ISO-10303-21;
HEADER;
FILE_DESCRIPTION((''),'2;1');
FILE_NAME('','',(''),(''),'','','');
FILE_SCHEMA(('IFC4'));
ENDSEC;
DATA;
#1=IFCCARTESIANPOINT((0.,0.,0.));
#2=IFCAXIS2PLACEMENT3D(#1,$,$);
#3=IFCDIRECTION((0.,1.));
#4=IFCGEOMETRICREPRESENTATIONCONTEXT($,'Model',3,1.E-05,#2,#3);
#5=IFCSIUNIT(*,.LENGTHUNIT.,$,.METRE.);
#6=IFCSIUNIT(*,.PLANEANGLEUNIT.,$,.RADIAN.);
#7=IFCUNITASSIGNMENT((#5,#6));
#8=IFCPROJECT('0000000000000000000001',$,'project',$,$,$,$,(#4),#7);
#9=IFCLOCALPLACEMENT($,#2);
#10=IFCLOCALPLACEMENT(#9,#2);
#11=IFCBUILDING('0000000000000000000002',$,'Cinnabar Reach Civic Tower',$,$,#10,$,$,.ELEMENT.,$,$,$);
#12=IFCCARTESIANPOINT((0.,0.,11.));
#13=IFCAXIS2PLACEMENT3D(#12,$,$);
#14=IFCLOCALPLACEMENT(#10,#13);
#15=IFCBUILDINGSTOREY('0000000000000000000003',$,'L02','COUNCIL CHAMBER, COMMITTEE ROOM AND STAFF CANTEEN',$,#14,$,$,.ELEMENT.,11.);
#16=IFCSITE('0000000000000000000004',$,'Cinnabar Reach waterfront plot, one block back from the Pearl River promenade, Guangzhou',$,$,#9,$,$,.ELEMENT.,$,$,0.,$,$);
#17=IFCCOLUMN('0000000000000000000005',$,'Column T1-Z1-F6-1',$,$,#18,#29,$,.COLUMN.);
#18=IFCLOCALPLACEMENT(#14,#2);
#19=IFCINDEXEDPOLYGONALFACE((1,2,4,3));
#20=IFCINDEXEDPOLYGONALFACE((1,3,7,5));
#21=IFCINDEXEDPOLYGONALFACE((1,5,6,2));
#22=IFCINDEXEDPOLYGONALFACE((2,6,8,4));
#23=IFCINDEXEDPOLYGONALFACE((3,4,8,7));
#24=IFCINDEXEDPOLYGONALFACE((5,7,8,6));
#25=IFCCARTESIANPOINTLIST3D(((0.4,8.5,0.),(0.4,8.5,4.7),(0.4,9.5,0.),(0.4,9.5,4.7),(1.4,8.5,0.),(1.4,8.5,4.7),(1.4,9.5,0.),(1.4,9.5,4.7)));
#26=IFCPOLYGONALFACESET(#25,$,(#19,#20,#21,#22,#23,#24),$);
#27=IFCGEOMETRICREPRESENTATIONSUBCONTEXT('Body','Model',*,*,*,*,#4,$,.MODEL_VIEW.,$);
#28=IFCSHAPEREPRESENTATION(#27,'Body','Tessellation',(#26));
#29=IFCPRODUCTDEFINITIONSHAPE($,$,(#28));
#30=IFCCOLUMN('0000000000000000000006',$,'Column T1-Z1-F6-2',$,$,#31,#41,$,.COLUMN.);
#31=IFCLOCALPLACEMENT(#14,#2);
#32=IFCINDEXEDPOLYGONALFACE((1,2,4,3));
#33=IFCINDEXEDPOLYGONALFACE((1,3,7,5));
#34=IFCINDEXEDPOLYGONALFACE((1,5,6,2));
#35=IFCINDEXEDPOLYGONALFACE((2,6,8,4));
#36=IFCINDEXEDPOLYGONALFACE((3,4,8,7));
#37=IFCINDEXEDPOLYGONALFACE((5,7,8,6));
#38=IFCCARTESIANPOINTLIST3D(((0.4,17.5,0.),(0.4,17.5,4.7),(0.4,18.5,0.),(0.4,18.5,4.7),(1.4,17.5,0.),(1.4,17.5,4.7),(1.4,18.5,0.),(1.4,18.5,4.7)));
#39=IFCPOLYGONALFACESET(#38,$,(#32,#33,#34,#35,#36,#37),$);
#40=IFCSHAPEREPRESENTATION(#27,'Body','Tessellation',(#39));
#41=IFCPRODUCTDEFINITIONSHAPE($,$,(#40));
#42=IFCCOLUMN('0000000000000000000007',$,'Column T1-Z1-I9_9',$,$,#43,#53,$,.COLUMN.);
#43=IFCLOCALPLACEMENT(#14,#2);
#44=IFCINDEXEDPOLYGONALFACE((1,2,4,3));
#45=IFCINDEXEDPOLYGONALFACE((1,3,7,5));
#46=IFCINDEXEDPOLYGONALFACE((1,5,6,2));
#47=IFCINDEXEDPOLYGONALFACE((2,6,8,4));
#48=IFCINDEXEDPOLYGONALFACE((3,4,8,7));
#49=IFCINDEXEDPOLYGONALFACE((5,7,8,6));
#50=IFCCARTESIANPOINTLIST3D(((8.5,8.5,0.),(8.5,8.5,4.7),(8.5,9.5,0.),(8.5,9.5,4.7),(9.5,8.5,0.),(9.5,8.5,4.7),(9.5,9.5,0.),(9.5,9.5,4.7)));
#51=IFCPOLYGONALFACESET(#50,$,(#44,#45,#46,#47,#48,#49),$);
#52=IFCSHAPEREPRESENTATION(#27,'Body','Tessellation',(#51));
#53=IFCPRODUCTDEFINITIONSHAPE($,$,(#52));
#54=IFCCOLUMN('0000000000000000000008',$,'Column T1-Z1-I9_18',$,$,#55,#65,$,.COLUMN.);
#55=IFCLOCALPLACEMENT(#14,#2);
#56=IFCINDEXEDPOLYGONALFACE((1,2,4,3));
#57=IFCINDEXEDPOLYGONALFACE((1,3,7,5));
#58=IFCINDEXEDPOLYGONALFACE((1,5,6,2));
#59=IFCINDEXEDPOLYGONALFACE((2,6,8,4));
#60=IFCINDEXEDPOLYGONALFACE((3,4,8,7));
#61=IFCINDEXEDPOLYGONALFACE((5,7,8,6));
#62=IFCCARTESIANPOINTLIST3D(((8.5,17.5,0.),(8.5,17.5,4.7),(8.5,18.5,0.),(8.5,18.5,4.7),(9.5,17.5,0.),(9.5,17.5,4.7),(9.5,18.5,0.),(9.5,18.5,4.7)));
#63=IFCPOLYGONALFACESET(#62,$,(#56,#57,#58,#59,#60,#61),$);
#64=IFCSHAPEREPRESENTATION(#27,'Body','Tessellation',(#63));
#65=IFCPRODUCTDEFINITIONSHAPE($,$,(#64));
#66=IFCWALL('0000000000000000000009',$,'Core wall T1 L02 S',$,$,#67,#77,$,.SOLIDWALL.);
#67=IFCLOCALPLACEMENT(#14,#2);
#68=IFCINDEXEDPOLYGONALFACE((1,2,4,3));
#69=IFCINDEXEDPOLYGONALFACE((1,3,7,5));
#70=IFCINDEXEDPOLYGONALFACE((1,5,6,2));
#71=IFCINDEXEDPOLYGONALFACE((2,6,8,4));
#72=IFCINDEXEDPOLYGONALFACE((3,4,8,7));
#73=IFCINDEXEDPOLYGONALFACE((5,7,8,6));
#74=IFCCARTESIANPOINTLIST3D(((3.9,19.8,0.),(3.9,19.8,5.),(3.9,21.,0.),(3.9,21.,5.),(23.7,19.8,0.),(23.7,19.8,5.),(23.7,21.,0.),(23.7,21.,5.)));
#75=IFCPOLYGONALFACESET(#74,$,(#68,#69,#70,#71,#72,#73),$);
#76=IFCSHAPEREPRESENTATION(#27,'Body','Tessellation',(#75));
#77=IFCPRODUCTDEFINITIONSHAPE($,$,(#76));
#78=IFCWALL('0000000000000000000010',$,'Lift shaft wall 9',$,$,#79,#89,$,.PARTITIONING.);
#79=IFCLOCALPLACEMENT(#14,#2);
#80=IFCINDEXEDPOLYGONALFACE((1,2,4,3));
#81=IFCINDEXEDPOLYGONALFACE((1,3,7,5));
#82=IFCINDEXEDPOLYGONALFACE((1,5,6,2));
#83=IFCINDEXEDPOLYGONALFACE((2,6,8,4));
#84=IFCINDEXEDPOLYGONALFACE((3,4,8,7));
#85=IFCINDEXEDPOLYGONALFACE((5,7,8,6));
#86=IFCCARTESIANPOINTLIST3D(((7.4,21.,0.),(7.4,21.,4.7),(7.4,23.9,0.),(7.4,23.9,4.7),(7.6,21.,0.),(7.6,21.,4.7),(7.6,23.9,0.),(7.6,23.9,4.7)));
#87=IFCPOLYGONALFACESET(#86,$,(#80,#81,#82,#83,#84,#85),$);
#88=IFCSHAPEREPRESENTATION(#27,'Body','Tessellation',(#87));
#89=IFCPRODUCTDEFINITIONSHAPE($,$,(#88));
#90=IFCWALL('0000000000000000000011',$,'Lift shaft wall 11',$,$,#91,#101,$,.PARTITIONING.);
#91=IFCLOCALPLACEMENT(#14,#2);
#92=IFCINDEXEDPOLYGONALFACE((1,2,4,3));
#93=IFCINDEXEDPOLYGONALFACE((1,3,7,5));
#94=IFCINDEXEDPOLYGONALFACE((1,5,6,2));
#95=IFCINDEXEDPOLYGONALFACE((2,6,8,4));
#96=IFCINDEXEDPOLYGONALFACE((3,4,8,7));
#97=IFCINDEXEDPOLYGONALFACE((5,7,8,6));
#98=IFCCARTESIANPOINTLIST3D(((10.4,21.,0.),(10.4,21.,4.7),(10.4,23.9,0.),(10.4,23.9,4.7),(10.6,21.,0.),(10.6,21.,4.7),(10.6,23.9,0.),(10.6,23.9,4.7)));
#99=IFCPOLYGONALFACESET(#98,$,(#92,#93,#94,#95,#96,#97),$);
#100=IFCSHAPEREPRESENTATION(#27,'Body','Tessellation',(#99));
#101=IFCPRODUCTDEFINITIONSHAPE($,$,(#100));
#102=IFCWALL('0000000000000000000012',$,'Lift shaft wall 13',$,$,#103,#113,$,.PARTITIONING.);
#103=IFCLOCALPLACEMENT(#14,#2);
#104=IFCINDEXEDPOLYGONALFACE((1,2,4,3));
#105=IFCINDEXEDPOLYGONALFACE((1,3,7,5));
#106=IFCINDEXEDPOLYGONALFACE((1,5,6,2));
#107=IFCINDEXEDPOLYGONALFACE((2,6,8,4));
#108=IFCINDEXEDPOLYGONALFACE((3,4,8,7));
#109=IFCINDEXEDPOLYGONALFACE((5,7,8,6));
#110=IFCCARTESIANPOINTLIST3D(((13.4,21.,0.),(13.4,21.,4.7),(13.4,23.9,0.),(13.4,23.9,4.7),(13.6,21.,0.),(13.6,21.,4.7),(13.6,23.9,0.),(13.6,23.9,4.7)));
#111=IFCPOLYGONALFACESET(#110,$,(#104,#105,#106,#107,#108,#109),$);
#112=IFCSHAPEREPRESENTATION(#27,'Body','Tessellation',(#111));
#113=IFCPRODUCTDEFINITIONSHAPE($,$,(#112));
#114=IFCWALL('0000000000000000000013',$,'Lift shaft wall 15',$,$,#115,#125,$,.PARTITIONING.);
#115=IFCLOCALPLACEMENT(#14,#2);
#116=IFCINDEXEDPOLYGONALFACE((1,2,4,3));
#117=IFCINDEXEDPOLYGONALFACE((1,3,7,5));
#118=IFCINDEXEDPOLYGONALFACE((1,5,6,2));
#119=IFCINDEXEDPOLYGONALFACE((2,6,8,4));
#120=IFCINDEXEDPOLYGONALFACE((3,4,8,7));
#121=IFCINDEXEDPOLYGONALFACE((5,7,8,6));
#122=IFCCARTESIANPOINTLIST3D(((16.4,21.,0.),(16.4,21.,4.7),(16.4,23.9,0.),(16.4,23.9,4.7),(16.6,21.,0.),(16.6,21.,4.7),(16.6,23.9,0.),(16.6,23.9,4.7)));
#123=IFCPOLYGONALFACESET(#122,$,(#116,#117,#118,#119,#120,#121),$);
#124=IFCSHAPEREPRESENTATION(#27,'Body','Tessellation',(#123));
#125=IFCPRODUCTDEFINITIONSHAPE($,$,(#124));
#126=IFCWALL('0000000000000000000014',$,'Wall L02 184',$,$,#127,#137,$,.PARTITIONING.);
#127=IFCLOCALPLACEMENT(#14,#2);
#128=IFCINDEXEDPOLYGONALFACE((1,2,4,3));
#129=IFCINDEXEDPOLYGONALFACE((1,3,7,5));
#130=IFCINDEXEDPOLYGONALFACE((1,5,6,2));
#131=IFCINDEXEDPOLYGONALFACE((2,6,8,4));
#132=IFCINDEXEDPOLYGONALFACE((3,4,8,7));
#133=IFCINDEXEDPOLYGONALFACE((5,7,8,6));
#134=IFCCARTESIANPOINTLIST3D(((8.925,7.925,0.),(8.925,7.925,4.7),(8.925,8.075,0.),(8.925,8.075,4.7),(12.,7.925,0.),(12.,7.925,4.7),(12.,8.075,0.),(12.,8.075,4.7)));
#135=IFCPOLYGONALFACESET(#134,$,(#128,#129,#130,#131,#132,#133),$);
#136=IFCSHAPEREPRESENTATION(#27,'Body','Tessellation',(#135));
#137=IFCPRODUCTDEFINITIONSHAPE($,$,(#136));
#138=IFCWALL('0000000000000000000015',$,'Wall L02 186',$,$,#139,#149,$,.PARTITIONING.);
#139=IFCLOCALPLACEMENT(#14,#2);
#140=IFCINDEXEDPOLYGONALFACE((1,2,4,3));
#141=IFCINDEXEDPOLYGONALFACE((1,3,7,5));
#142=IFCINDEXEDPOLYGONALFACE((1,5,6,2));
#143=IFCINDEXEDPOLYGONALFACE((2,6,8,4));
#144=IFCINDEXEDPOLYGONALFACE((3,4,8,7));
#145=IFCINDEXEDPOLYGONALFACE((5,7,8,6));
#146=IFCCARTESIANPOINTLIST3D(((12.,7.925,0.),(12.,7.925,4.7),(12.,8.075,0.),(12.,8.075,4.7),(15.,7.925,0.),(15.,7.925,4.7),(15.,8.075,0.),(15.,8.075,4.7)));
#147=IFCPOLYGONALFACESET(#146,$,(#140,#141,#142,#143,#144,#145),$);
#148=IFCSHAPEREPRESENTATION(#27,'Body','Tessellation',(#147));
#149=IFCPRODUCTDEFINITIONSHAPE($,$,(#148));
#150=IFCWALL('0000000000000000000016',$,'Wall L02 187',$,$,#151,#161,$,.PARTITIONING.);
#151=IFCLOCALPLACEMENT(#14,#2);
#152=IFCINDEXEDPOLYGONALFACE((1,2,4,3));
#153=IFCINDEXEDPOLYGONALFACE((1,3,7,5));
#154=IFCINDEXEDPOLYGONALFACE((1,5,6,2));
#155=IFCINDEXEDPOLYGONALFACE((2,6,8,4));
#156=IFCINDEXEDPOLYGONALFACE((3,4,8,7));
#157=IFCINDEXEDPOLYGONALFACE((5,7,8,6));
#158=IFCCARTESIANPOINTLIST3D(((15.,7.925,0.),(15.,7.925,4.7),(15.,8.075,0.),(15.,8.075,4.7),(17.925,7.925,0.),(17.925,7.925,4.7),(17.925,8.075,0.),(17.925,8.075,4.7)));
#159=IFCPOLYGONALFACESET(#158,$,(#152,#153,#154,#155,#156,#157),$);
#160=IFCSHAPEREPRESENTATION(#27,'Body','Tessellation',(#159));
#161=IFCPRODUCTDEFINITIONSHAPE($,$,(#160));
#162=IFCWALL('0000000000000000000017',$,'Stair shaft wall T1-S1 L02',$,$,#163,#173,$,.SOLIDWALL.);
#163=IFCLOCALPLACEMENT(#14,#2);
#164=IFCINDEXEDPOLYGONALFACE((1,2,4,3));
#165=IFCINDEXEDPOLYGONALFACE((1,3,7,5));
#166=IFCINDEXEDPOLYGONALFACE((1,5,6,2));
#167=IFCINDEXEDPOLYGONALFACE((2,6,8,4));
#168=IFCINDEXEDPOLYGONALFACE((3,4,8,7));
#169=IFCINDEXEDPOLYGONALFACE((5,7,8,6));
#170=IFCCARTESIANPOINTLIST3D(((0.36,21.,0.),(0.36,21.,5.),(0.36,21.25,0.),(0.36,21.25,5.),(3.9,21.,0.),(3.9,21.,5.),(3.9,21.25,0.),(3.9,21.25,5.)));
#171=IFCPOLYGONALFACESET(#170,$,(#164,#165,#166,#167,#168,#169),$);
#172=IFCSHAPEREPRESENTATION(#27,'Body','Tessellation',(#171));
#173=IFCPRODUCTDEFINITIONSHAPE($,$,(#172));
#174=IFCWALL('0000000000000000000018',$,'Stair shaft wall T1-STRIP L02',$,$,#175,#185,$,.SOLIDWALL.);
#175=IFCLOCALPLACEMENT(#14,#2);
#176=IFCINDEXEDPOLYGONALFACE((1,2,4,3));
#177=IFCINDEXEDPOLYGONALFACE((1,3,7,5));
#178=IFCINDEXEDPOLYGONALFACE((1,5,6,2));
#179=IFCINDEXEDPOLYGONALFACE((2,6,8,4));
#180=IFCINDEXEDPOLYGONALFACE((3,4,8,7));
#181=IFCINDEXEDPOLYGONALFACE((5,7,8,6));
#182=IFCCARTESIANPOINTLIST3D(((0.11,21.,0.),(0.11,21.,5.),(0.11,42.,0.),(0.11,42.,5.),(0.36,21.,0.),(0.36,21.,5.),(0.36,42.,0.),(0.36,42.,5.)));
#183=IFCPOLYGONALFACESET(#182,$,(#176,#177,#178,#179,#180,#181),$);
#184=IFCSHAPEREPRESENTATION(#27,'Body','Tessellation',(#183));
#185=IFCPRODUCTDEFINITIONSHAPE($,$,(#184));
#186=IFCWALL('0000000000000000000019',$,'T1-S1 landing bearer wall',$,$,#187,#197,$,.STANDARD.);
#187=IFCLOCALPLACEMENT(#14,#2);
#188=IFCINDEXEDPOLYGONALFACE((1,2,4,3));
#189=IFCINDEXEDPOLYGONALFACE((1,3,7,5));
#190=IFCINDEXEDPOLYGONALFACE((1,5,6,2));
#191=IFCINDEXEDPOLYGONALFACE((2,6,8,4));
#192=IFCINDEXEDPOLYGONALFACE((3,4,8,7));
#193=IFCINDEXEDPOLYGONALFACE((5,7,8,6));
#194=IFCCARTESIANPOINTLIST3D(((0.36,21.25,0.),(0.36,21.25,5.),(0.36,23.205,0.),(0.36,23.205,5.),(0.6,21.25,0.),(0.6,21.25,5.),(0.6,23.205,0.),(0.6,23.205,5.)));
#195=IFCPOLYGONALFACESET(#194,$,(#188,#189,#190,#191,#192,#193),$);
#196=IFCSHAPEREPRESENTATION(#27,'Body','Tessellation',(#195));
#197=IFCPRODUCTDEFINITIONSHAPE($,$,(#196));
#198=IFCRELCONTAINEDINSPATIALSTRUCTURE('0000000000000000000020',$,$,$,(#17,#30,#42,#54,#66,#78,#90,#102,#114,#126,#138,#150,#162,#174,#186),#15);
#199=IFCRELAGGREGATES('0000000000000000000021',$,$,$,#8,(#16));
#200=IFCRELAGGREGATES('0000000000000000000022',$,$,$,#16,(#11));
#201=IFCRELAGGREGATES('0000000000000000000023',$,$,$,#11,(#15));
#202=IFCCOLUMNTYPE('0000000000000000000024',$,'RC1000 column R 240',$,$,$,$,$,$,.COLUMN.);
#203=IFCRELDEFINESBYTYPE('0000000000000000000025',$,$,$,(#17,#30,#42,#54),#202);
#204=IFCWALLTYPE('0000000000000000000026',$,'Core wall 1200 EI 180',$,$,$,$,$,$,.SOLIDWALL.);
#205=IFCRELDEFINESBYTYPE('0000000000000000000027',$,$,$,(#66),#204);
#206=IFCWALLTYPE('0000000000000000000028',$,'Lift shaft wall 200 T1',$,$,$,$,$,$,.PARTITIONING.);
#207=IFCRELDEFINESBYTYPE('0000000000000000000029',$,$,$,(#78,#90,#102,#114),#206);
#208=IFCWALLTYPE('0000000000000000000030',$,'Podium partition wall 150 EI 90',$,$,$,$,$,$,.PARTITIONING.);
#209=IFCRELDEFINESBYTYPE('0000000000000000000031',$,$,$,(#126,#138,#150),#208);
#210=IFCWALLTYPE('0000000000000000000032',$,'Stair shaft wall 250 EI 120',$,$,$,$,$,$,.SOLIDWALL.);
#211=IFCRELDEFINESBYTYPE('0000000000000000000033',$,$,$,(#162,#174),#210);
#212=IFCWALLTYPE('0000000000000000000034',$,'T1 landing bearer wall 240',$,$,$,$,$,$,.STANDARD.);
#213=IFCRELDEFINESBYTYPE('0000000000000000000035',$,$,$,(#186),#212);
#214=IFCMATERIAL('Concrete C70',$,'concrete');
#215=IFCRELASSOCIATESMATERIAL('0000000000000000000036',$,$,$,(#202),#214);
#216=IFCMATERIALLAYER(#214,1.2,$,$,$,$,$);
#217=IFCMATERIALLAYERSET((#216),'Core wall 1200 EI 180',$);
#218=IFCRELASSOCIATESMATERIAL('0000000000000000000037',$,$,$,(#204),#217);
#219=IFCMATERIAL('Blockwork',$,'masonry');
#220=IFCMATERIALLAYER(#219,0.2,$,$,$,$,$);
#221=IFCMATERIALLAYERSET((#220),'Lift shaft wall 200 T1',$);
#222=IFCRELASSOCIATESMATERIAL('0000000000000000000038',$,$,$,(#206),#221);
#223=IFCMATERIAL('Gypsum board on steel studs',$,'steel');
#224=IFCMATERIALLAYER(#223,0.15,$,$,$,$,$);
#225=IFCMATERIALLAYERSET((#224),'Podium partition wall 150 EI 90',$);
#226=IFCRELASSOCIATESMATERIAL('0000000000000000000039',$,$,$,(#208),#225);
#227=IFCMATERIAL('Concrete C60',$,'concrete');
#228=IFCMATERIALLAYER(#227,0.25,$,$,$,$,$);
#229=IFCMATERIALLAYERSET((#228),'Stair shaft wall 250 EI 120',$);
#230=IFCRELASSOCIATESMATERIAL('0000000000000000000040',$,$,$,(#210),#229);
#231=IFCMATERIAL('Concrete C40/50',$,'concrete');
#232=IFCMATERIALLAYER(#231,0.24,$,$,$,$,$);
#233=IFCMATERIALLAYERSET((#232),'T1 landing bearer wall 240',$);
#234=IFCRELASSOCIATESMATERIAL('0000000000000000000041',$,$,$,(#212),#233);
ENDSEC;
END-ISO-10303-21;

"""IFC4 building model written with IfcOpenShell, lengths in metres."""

from ifc_helpers import new_model, si_unit, direction, frame, frame_2d, origin, origin_2d, place, context, subcontext, project, spatial, rectangle, extrude, material, layer, layer_set, material_profile, profile_set, type_object, element, save


model = new_model("IFC4")

# Units and contexts
model_context = context("Model", 3, precision=1e-05, world=origin(), true_north=direction((0.0, 1.0)))
body_context = subcontext(model_context, "Body", "Model", "MODEL_VIEW")
ifc_project = project(units=[si_unit("LENGTHUNIT", "METRE"), si_unit("PLANEANGLEUNIT", "RADIAN")], contexts=[model_context])

# Site, building, storey
site_placement = place(None, origin())
site = spatial("IfcSite", under=ifc_project, at=site_placement, Name="Cinnabar Reach waterfront plot, one block back from the Pearl River promenade, Guangzhou", CompositionType="ELEMENT", RefElevation=0.0)
building_placement = place(site_placement, origin())
building = spatial("IfcBuilding", under=site, at=building_placement, Name="Cinnabar Reach Civic Tower", CompositionType="ELEMENT")
storey_placement = place(building_placement, frame((0.0, 0.0, 11.0)))
storey = spatial("IfcBuildingStorey", under=building, at=storey_placement, Name="L02", Description="COUNCIL CHAMBER, COMMITTEE ROOM AND STAFF CANTEEN", CompositionType="ELEMENT", Elevation=11.0)

# Columns
ifc_material_1 = material(Name="Concrete C70", Category="concrete")
ifc_material_profile = material_profile(ifc_material_1, rectangle(XDim=1.0, YDim=1.0, at=origin_2d()), Name="RC1000")
ifc_profile_set = profile_set([ifc_material_profile], Name="Concrete C70")
column_type = type_object("IfcColumnType", Name="RC1000 column R 240", PredefinedType="COLUMN", material=ifc_profile_set)
for number, where, z_axis, x_axis, name in (
    (1, (0.9, 9.0, 0.0), (0.0, 0.0, 1.0), (1.0, 0.0, 0.0), "Column T1-Z1-F6-1"),
    (2, (0.9, 18.0, 0.0), (0.0, 0.0, 1.0), (1.0, 0.0, 0.0), "Column T1-Z1-F6-2"),
    (3, (9.0, 9.0, 0.0), (0.0, 0.0, 1.0), (1.0, 0.0, 0.0), "Column T1-Z1-I9_9"),
    (4, (9.0, 18.0, 0.0), (0.0, 0.0, 1.0), (1.0, 0.0, 0.0), "Column T1-Z1-I9_18"),
):
    element("IfcColumn", number, at=place(storey_placement, frame(where, z_axis=z_axis, x_axis=x_axis)), inside=storey, type_object=column_type, Name=name, PredefinedType="COLUMN", context=body_context, shape_type="SweptSolid", body=[
        extrude(rectangle(XDim=1.0, YDim=1.0, at=origin_2d()), origin(), (0.0, 0.0, 1.0), 4.7),
    ])

# Walls
ifc_layer_1 = layer(ifc_material_1, 1.2)
ifc_layer_set_1 = layer_set([ifc_layer_1], Name="Core wall 1200 EI 180")
wall_type_1 = type_object("IfcWallType", Name="Core wall 1200 EI 180", PredefinedType="SOLIDWALL", material=ifc_layer_set_1)
wall_1_placement = place(storey_placement, frame((3.9, 20.4, 0.0), z_axis=(0.0, 0.0, 1.0), x_axis=(1.0, 0.0, 0.0)))
element("IfcWall", 5, at=wall_1_placement, inside=storey, type_object=wall_type_1, Name="Core wall T1 L02 S", PredefinedType="SOLIDWALL", context=body_context, shape_type="SweptSolid", body=[
    extrude(rectangle(XDim=19.8, YDim=1.2, at=frame_2d((9.9, 0.0))), origin(), (0.0, 0.0, 1.0), 5.0),
])
ifc_material_2 = material(Name="Blockwork", Category="masonry")
ifc_layer_2 = layer(ifc_material_2, 0.2)
ifc_layer_set_2 = layer_set([ifc_layer_2], Name="Lift shaft wall 200 T1")
wall_type_2 = type_object("IfcWallType", Name="Lift shaft wall 200 T1", PredefinedType="PARTITIONING", material=ifc_layer_set_2)
for number, where, z_axis, x_axis, name in (
    (6, (7.5, 21.0, 0.0), (0.0, 0.0, 1.0), (0.0, 1.0, 0.0), "Lift shaft wall 9"),
    (7, (10.5, 21.0, 0.0), (0.0, 0.0, 1.0), (0.0, 1.0, 0.0), "Lift shaft wall 11"),
    (8, (13.5, 21.0, 0.0), (0.0, 0.0, 1.0), (0.0, 1.0, 0.0), "Lift shaft wall 13"),
    (9, (16.5, 21.0, 0.0), (0.0, 0.0, 1.0), (0.0, 1.0, 0.0), "Lift shaft wall 15"),
):
    element("IfcWall", number, at=place(storey_placement, frame(where, z_axis=z_axis, x_axis=x_axis)), inside=storey, type_object=wall_type_2, Name=name, PredefinedType="PARTITIONING", context=body_context, shape_type="SweptSolid", body=[
        extrude(rectangle(XDim=2.9, YDim=0.2, at=frame_2d((1.45, 0.0))), origin(), (0.0, 0.0, 1.0), 4.7),
    ])
ifc_material_3 = material(Name="Gypsum board on steel studs", Category="steel")
ifc_layer_3 = layer(ifc_material_3, 0.15)
ifc_layer_set_3 = layer_set([ifc_layer_3], Name="Podium partition wall 150 EI 90")
wall_type_3 = type_object("IfcWallType", Name="Podium partition wall 150 EI 90", PredefinedType="PARTITIONING", material=ifc_layer_set_3)
wall_2_placement = place(storey_placement, frame((8.925, 8.0, 0.0), z_axis=(0.0, 0.0, 1.0), x_axis=(1.0, 0.0, 0.0)))
element("IfcWall", 10, at=wall_2_placement, inside=storey, type_object=wall_type_3, Name="Wall L02 184", PredefinedType="PARTITIONING", context=body_context, shape_type="SweptSolid", body=[
    extrude(rectangle(XDim=3.075, YDim=0.15, at=frame_2d((1.5375, 0.0))), origin(), (0.0, 0.0, 1.0), 4.7),
])
wall_3_placement = place(storey_placement, frame((12.0, 8.0, 0.0), z_axis=(0.0, 0.0, 1.0), x_axis=(1.0, 0.0, 0.0)))
element("IfcWall", 11, at=wall_3_placement, inside=storey, type_object=wall_type_3, Name="Wall L02 186", PredefinedType="PARTITIONING", context=body_context, shape_type="SweptSolid", body=[
    extrude(rectangle(XDim=3.0, YDim=0.15, at=frame_2d((1.5, 0.0))), origin(), (0.0, 0.0, 1.0), 4.7),
])
wall_4_placement = place(storey_placement, frame((15.0, 8.0, 0.0), z_axis=(0.0, 0.0, 1.0), x_axis=(1.0, 0.0, 0.0)))
element("IfcWall", 12, at=wall_4_placement, inside=storey, type_object=wall_type_3, Name="Wall L02 187", PredefinedType="PARTITIONING", context=body_context, shape_type="SweptSolid", body=[
    extrude(rectangle(XDim=2.925, YDim=0.15, at=frame_2d((1.4625, 0.0))), origin(), (0.0, 0.0, 1.0), 4.7),
])
ifc_material_4 = material(Name="Concrete C60", Category="concrete")
ifc_layer_4 = layer(ifc_material_4, 0.25)
ifc_layer_set_4 = layer_set([ifc_layer_4], Name="Stair shaft wall 250 EI 120")
wall_type_4 = type_object("IfcWallType", Name="Stair shaft wall 250 EI 120", PredefinedType="SOLIDWALL", material=ifc_layer_set_4)
wall_5_placement = place(storey_placement, frame((0.36, 21.125, 0.0), z_axis=(0.0, 0.0, 1.0), x_axis=(1.0, 0.0, 0.0)))
element("IfcWall", 13, at=wall_5_placement, inside=storey, type_object=wall_type_4, Name="Stair shaft wall T1-S1 L02", PredefinedType="SOLIDWALL", context=body_context, shape_type="SweptSolid", body=[
    extrude(rectangle(XDim=3.54, YDim=0.25, at=frame_2d((1.77, 0.0))), origin(), (0.0, 0.0, 1.0), 5.0),
])
wall_6_placement = place(storey_placement, frame((0.235, 21.0, 0.0), z_axis=(0.0, 0.0, 1.0), x_axis=(0.0, 1.0, 0.0)))
element("IfcWall", 14, at=wall_6_placement, inside=storey, type_object=wall_type_4, Name="Stair shaft wall T1-STRIP L02", PredefinedType="SOLIDWALL", context=body_context, shape_type="SweptSolid", body=[
    extrude(rectangle(XDim=21.0, YDim=0.25, at=frame_2d((10.5, 0.0))), origin(), (0.0, 0.0, 1.0), 5.0),
])
ifc_material_5 = material(Name="Concrete C40/50", Category="concrete")
ifc_layer_5 = layer(ifc_material_5, 0.24)
ifc_layer_set_5 = layer_set([ifc_layer_5], Name="T1 landing bearer wall 240")
wall_type_5 = type_object("IfcWallType", Name="T1 landing bearer wall 240", PredefinedType="STANDARD", material=ifc_layer_set_5)
wall_7_placement = place(storey_placement, frame((0.48, 21.25, 0.0), z_axis=(0.0, 0.0, 1.0), x_axis=(0.0, 1.0, 0.0)))
element("IfcWall", 15, at=wall_7_placement, inside=storey, type_object=wall_type_5, Name="T1-S1 landing bearer wall", PredefinedType="STANDARD", context=body_context, shape_type="SweptSolid", body=[
    extrude(rectangle(XDim=1.955, YDim=0.24, at=frame_2d((0.9775, 0.0))), origin(), (0.0, 0.0, 1.0), 5.0),
])

save(model, "model.ifc")
